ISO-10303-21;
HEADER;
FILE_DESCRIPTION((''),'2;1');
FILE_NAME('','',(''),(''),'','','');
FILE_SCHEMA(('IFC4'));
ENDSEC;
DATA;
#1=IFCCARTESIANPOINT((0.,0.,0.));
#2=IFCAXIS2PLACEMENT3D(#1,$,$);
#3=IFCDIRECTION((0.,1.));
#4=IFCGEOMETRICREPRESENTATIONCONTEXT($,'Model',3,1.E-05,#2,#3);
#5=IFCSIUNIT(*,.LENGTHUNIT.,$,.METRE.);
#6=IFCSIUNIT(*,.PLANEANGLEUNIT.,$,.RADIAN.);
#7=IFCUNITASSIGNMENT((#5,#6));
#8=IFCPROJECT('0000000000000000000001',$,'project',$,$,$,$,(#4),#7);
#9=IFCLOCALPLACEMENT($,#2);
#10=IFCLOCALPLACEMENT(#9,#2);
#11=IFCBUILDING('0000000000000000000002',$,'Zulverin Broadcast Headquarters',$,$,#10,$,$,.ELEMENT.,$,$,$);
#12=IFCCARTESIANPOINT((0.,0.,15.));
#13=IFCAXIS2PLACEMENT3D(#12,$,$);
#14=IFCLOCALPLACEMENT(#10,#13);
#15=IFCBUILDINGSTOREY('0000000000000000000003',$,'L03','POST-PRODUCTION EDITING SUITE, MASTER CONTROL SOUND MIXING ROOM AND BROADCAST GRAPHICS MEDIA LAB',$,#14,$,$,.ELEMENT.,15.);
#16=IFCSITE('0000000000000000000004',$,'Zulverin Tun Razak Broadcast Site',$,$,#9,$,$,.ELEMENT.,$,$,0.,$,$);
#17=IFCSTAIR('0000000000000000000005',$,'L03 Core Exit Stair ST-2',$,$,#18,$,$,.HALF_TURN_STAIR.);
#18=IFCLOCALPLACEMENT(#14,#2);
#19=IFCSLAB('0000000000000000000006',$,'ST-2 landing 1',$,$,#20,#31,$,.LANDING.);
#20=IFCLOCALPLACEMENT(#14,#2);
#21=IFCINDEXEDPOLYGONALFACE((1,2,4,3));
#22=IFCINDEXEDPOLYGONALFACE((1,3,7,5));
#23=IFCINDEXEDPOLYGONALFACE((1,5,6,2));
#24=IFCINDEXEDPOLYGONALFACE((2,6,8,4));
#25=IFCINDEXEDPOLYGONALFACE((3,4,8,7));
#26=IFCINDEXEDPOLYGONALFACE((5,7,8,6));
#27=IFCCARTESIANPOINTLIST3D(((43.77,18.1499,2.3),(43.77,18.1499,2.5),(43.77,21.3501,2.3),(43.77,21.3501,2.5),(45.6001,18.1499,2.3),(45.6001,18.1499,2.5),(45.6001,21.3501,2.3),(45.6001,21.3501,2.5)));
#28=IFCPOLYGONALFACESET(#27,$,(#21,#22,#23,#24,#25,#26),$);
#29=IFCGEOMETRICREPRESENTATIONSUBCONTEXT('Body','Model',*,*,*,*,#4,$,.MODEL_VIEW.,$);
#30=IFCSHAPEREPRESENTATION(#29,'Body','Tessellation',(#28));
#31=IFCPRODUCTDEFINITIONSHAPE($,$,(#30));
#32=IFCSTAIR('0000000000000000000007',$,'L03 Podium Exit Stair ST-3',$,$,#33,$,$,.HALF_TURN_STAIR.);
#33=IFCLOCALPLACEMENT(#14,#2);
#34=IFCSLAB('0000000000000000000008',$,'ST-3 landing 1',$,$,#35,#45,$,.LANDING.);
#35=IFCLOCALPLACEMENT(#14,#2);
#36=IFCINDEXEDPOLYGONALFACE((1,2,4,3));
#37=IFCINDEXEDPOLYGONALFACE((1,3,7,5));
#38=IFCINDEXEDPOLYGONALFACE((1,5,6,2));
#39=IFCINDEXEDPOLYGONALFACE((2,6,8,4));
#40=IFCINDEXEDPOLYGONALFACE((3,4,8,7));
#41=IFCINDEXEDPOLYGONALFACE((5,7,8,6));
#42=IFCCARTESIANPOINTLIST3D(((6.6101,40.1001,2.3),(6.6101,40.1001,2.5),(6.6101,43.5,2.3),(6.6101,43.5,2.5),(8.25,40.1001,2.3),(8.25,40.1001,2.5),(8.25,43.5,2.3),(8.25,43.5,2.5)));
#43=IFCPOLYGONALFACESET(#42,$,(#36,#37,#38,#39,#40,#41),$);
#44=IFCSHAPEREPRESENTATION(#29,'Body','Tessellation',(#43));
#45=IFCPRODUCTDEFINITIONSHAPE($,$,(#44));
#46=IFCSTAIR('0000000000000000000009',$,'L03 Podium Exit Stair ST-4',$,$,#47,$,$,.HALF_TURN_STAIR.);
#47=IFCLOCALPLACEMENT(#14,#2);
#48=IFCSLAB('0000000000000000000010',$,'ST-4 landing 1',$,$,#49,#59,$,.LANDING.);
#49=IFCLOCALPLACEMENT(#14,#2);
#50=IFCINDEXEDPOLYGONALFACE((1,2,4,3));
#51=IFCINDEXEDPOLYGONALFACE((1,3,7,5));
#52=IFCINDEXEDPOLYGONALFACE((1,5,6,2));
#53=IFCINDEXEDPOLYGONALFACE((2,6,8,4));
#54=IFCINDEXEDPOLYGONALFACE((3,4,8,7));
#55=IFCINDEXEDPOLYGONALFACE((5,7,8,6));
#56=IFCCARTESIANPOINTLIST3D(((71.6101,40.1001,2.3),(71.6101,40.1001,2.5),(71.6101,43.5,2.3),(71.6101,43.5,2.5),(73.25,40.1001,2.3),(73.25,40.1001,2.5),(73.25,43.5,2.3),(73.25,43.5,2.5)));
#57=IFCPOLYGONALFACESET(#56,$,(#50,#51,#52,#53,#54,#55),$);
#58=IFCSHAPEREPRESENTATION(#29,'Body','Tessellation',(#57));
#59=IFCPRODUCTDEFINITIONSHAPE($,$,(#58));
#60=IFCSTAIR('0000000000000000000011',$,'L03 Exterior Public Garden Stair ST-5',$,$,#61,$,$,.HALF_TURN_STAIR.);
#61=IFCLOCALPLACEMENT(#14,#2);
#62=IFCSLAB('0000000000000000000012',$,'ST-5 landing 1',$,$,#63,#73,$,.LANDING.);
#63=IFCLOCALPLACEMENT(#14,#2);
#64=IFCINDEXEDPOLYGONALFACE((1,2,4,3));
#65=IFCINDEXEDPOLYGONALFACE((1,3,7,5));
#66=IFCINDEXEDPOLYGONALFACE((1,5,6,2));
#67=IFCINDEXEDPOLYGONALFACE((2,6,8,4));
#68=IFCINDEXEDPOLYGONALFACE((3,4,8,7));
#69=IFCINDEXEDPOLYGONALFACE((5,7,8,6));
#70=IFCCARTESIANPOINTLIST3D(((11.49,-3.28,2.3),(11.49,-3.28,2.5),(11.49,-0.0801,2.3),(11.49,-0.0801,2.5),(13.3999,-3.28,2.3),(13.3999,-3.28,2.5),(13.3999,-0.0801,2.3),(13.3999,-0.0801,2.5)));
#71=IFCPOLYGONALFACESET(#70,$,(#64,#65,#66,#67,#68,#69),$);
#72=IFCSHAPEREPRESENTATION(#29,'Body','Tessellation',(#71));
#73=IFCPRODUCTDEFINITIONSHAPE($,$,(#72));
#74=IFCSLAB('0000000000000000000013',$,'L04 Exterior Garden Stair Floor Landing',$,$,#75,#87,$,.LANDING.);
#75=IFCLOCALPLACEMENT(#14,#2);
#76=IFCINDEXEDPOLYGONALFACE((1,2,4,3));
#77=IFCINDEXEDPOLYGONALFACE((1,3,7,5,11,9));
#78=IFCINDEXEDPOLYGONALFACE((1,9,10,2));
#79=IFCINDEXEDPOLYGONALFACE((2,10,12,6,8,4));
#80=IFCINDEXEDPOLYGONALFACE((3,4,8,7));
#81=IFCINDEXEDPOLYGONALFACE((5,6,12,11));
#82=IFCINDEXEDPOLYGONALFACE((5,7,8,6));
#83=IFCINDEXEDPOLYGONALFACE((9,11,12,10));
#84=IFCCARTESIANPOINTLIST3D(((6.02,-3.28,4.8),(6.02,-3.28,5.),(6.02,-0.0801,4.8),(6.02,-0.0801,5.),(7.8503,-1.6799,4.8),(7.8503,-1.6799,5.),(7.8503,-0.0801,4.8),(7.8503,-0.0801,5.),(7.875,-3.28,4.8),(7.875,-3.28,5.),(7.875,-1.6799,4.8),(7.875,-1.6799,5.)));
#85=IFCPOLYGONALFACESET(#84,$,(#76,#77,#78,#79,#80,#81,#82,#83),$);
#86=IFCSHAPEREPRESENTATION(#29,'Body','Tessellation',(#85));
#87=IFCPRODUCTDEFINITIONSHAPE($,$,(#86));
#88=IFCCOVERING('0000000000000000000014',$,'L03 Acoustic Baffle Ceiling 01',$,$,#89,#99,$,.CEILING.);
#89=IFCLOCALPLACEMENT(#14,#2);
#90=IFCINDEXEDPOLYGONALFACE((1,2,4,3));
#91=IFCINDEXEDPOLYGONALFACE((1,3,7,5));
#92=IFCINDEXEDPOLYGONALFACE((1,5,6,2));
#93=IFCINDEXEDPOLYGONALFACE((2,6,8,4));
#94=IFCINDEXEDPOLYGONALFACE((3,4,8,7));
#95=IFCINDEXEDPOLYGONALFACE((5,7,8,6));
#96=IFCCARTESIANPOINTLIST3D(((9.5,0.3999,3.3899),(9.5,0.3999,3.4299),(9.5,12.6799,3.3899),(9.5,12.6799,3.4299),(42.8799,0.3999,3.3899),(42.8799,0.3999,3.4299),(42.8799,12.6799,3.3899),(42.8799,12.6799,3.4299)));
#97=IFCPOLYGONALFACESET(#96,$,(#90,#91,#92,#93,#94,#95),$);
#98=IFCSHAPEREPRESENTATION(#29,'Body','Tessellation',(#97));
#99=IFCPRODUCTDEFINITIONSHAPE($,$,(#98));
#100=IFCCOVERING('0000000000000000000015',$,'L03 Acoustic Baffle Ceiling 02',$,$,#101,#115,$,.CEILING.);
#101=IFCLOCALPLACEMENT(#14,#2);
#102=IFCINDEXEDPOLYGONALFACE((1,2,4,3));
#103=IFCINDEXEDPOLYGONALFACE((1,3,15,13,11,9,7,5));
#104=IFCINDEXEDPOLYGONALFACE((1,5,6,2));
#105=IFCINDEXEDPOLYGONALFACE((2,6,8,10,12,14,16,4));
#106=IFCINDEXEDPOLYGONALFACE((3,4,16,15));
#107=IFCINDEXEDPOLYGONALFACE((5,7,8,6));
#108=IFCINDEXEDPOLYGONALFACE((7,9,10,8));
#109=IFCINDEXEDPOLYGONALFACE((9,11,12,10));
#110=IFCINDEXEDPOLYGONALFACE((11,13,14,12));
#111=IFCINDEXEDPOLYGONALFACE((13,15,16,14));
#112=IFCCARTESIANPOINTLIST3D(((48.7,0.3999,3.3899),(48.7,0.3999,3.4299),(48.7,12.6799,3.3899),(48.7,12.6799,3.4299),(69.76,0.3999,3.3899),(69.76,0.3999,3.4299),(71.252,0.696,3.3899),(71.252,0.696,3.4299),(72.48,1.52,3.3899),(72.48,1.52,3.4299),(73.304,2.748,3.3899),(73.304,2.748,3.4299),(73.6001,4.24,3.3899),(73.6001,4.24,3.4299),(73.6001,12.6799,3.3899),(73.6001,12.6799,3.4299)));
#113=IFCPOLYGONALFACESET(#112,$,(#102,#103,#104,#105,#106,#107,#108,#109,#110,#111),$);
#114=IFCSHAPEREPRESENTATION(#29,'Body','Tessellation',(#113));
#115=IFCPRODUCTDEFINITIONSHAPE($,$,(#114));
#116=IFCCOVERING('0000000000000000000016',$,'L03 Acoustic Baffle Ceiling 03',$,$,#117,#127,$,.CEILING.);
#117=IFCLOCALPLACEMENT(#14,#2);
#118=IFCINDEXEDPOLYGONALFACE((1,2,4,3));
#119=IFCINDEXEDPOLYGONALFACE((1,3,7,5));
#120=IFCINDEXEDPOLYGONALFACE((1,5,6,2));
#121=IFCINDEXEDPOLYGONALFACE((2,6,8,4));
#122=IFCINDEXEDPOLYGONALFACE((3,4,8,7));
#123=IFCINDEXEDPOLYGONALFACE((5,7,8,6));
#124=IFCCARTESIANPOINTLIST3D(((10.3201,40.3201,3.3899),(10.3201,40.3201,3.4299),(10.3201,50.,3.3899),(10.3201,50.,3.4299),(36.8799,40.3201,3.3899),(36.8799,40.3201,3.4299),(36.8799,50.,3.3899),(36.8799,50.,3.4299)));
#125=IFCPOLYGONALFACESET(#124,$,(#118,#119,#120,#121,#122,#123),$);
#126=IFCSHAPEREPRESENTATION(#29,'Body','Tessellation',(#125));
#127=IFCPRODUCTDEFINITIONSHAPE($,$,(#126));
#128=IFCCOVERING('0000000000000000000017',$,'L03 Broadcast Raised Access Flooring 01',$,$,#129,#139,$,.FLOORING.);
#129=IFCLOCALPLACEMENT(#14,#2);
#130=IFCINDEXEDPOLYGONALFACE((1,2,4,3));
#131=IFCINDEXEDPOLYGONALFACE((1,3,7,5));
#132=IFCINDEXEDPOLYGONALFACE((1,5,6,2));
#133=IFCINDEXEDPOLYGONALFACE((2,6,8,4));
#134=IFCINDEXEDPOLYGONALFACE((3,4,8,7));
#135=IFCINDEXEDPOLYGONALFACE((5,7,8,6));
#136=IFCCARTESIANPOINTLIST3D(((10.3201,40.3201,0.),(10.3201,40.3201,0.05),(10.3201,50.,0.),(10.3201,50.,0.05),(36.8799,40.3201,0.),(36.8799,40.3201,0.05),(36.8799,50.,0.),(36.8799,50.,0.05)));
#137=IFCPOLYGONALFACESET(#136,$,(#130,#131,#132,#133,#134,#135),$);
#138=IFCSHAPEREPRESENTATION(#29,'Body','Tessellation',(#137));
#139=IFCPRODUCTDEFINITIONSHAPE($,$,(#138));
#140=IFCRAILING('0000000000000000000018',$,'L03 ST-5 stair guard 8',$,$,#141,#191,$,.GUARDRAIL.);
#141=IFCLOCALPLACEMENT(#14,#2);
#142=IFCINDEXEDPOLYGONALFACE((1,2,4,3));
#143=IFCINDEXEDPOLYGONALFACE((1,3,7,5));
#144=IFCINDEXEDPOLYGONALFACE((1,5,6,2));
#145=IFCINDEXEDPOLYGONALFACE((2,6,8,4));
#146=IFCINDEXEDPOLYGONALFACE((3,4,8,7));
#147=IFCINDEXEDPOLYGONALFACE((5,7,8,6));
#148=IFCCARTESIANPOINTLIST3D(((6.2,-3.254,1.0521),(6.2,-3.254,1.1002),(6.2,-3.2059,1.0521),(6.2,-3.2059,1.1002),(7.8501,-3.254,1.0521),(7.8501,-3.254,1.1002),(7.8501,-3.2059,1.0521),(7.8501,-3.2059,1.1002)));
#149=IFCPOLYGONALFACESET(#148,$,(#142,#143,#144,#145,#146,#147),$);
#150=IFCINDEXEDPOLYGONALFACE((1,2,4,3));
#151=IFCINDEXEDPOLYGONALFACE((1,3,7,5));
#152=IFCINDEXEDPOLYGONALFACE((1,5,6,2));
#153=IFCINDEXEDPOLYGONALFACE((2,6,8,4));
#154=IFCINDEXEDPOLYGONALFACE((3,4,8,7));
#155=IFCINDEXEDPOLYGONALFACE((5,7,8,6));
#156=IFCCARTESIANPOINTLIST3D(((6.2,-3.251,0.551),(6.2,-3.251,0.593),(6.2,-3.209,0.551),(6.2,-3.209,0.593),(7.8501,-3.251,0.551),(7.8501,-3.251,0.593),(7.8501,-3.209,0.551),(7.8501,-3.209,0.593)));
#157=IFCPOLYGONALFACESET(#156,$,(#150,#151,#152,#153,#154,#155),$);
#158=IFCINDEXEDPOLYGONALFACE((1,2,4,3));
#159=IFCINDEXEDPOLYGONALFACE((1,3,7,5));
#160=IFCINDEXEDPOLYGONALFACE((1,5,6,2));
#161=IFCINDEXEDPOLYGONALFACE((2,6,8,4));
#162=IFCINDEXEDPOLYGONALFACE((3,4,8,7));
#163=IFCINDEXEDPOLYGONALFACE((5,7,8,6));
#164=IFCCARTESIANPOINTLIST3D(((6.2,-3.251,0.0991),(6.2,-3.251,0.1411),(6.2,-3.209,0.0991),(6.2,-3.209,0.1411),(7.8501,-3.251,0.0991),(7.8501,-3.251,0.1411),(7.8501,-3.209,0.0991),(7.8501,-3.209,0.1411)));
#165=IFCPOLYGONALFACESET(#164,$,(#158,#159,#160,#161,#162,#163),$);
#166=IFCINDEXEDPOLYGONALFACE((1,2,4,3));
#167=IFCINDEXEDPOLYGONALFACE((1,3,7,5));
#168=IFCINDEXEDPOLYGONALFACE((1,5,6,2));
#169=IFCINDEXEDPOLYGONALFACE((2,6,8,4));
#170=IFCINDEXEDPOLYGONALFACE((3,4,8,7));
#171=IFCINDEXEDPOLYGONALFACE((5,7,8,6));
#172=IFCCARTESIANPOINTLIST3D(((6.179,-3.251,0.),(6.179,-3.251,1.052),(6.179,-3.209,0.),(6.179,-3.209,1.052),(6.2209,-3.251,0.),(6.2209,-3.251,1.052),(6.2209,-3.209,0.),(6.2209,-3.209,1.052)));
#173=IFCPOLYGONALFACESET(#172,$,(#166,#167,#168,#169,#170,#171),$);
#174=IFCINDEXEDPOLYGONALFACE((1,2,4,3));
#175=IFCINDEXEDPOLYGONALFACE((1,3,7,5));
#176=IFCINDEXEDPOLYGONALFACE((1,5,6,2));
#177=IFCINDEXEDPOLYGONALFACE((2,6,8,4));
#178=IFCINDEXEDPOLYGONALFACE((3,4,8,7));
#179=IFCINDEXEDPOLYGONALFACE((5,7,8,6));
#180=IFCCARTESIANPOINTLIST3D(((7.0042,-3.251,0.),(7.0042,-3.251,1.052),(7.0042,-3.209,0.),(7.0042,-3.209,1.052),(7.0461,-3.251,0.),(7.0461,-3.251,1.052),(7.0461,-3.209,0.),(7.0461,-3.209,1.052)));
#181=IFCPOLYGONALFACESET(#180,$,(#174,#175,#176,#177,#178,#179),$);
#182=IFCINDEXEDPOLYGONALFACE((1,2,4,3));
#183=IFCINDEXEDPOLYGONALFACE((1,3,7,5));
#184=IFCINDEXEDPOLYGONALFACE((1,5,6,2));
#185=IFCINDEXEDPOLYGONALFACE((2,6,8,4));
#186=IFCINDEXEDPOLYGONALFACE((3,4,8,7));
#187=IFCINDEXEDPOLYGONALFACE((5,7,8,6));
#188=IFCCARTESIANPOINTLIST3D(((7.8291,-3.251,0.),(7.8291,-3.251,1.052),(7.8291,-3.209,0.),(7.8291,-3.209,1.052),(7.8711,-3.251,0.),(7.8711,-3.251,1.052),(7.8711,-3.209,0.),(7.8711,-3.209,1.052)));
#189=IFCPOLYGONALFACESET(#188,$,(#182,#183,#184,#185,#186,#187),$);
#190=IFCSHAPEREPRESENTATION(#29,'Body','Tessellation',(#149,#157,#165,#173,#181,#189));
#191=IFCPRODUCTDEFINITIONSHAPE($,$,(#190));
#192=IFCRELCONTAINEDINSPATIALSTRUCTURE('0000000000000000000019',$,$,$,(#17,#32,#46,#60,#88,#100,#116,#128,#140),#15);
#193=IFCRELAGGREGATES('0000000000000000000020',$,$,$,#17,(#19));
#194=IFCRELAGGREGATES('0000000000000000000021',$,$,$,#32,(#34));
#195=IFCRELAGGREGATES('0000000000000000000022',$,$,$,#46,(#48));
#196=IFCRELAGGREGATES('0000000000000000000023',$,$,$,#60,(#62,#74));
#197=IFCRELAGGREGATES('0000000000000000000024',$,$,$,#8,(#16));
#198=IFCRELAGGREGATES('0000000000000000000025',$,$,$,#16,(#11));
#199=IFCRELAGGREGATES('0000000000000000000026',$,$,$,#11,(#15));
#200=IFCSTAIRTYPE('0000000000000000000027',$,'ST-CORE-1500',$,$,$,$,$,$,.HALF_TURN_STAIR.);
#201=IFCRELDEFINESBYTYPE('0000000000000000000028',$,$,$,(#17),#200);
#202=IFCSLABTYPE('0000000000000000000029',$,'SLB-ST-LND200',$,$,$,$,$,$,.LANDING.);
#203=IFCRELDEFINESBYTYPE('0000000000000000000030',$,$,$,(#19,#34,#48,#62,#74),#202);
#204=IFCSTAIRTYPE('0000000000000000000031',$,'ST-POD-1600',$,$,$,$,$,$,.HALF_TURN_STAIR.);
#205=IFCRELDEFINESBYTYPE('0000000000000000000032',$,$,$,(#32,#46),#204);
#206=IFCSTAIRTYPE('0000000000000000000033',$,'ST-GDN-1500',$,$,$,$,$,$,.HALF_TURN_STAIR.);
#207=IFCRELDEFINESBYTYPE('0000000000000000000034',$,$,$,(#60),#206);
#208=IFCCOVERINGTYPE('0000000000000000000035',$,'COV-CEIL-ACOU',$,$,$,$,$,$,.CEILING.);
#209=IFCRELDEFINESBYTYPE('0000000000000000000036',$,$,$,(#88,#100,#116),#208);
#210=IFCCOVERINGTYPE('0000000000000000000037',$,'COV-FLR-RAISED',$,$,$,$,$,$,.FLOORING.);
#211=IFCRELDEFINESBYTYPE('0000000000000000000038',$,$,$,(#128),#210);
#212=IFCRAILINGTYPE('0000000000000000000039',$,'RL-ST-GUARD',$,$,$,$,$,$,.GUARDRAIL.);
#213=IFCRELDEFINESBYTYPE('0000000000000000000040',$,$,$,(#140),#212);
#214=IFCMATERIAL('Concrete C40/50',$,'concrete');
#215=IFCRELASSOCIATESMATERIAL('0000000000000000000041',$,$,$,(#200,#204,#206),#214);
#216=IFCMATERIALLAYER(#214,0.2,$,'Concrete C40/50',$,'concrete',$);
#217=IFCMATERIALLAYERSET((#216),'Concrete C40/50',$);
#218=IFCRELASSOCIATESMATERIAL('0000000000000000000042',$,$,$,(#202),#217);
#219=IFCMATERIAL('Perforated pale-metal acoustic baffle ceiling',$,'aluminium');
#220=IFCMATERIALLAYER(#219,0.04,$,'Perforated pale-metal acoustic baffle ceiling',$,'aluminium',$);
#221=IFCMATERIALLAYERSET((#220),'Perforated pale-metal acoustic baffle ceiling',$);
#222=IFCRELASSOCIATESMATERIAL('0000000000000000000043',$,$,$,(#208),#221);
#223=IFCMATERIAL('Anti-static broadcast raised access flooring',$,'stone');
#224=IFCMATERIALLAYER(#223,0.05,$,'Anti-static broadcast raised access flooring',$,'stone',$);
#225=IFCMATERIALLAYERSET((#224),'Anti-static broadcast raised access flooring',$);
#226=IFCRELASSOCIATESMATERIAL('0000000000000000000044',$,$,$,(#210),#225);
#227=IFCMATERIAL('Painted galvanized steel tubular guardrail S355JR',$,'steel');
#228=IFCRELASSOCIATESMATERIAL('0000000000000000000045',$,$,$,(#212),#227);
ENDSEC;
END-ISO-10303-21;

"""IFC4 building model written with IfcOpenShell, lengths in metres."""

from ifc_helpers import new_model, si_unit, direction, frame, origin, origin_2d, place, context, subcontext, project, spatial, polyline, rectangle, outline, extrude, material, layer, layer_set, type_object, element, aggregate, save


model = new_model("IFC4")

# Units and contexts
model_context = context("Model", 3, precision=1e-05, world=origin(), true_north=direction((0.0, 1.0)))
body_context = subcontext(model_context, "Body", "Model", "MODEL_VIEW")
ifc_project = project(units=[si_unit("LENGTHUNIT", "METRE"), si_unit("PLANEANGLEUNIT", "RADIAN")], contexts=[model_context])

# Site, building, storey
site_placement = place(None, origin())
site = spatial("IfcSite", under=ifc_project, at=site_placement, Name="Zulverin Tun Razak Broadcast Site", CompositionType="ELEMENT", RefElevation=0.0)
building_placement = place(site_placement, origin())
building = spatial("IfcBuilding", under=site, at=building_placement, Name="Zulverin Broadcast Headquarters", CompositionType="ELEMENT")
storey_placement = place(building_placement, frame((0.0, 0.0, 15.0)))
storey = spatial("IfcBuildingStorey", under=building, at=storey_placement, Name="L03", Description="POST-PRODUCTION EDITING SUITE, MASTER CONTROL SOUND MIXING ROOM AND BROADCAST GRAPHICS MEDIA LAB", CompositionType="ELEMENT", Elevation=15.0)

# Shared definitions
ifc_material_1 = material(Name="Concrete C40/50", Category="concrete")

# Stairs, slabs
stair_type_1 = type_object("IfcStairType", Name="ST-CORE-1500", PredefinedType="HALF_TURN_STAIR", material=ifc_material_1)
ifc_layer_1 = layer(ifc_material_1, 0.2, Name="Concrete C40/50", Category="concrete")
ifc_layer_set_1 = layer_set([ifc_layer_1], Name="Concrete C40/50")
slab_type_1 = type_object("IfcSlabType", Name="SLB-ST-LND200", PredefinedType="LANDING", material=ifc_layer_set_1)
stair_1_placement = place(storey_placement, origin())
stair_1 = element("IfcStair", 1, at=stair_1_placement, inside=storey, type_object=stair_type_1, Name="L03 Core Exit Stair ST-2", PredefinedType="HALF_TURN_STAIR")
slab_1_placement = place(storey_placement, frame((0.0, 0.0, 2.3)))
slab_1 = element("IfcSlab", 2, at=slab_1_placement, type_object=slab_type_1, Name="ST-2 landing 1", PredefinedType="LANDING", context=body_context, shape_type="SweptSolid", body=[
    extrude(outline(polyline([(43.77, 18.1499), (45.6001, 18.1499), (45.6001, 21.3501), (43.77, 21.3501), (43.77, 18.1499)])), origin(), (0.0, 0.0, 1.0), 0.2),
])
aggregate(stair_1, [slab_1])
stair_type_2 = type_object("IfcStairType", Name="ST-POD-1600", PredefinedType="HALF_TURN_STAIR", material=ifc_material_1)
stair_2_placement = place(storey_placement, origin())
stair_2 = element("IfcStair", 3, at=stair_2_placement, inside=storey, type_object=stair_type_2, Name="L03 Podium Exit Stair ST-3", PredefinedType="HALF_TURN_STAIR")
slab_2_placement = place(storey_placement, frame((0.0, 0.0, 2.3)))
slab_2 = element("IfcSlab", 4, at=slab_2_placement, type_object=slab_type_1, Name="ST-3 landing 1", PredefinedType="LANDING", context=body_context, shape_type="SweptSolid", body=[
    extrude(outline(polyline([(6.6101, 40.1001), (8.25, 40.1001), (8.25, 43.5), (6.6101, 43.5), (6.6101, 40.1001)])), origin(), (0.0, 0.0, 1.0), 0.2),
])
aggregate(stair_2, [slab_2])
stair_3_placement = place(storey_placement, origin())
stair_3 = element("IfcStair", 5, at=stair_3_placement, inside=storey, type_object=stair_type_2, Name="L03 Podium Exit Stair ST-4", PredefinedType="HALF_TURN_STAIR")
slab_3_placement = place(storey_placement, frame((0.0, 0.0, 2.3)))
slab_3 = element("IfcSlab", 6, at=slab_3_placement, type_object=slab_type_1, Name="ST-4 landing 1", PredefinedType="LANDING", context=body_context, shape_type="SweptSolid", body=[
    extrude(outline(polyline([(71.6101, 40.1001), (73.25, 40.1001), (73.25, 43.5), (71.6101, 43.5), (71.6101, 40.1001)])), origin(), (0.0, 0.0, 1.0), 0.2),
])
aggregate(stair_3, [slab_3])

# Stair, slabs
stair_type_3 = type_object("IfcStairType", Name="ST-GDN-1500", PredefinedType="HALF_TURN_STAIR", material=ifc_material_1)
stair_4_placement = place(storey_placement, origin())
stair_4 = element("IfcStair", 7, at=stair_4_placement, inside=storey, type_object=stair_type_3, Name="L03 Exterior Public Garden Stair ST-5", PredefinedType="HALF_TURN_STAIR")
slab_4_placement = place(storey_placement, frame((0.0, 0.0, 2.3)))
slab_4 = element("IfcSlab", 8, at=slab_4_placement, type_object=slab_type_1, Name="ST-5 landing 1", PredefinedType="LANDING", context=body_context, shape_type="SweptSolid", body=[
    extrude(outline(polyline([(11.49, -3.28), (13.3999, -3.28), (13.3999, -0.0801), (11.49, -0.0801), (11.49, -3.28)])), origin(), (0.0, 0.0, 1.0), 0.2),
])
placement = place(building_placement, frame((0.0, 0.0, 20.0)))
slab_5_placement = place(placement, frame((0.0, 0.0, -0.2)))
slab_5 = element("IfcSlab", 9, at=slab_5_placement, type_object=slab_type_1, Name="L04 Exterior Garden Stair Floor Landing", PredefinedType="LANDING", context=body_context, shape_type="SweptSolid", body=[
    extrude(outline(polyline([(6.02, -3.28), (7.875, -3.28), (7.875, -1.6799), (7.8503, -1.6799), (7.8503, -0.0801), (6.02, -0.0801), (6.02, -3.28)])), origin(), (0.0, 0.0, 1.0), 0.2),
])
aggregate(stair_4, [slab_4, slab_5])

# Coverings
ifc_material_2 = material(Name="Perforated pale-metal acoustic baffle ceiling", Category="aluminium")
ifc_layer_2 = layer(ifc_material_2, 0.04, Name="Perforated pale-metal acoustic baffle ceiling", Category="aluminium")
ifc_layer_set_2 = layer_set([ifc_layer_2], Name="Perforated pale-metal acoustic baffle ceiling")
covering_type_1 = type_object("IfcCoveringType", Name="COV-CEIL-ACOU", PredefinedType="CEILING", material=ifc_layer_set_2)
covering_1_placement = place(storey_placement, frame((0.0, 0.0, 3.3899)))
element("IfcCovering", 10, at=covering_1_placement, inside=storey, type_object=covering_type_1, Name="L03 Acoustic Baffle Ceiling 01", PredefinedType="CEILING", context=body_context, shape_type="SweptSolid", body=[
    extrude(outline(polyline([(42.8799, 0.3999), (42.8799, 12.6799), (9.5, 12.6799), (9.5, 0.3999), (42.8799, 0.3999)])), origin(), (0.0, 0.0, 1.0), 0.04),
])
covering_2_placement = place(storey_placement, frame((0.0, 0.0, 3.3899)))
element("IfcCovering", 11, at=covering_2_placement, inside=storey, type_object=covering_type_1, Name="L03 Acoustic Baffle Ceiling 02", PredefinedType="CEILING", context=body_context, shape_type="SweptSolid", body=[
    extrude(outline(polyline([(48.7, 12.6799), (48.7, 0.3999), (69.76, 0.3999), (71.252, 0.696), (72.48, 1.52), (73.304, 2.748), (73.6001, 4.24), (73.6001, 12.6799), (48.7, 12.6799)])), origin(), (0.0, 0.0, 1.0), 0.04),
])
covering_3_placement = place(storey_placement, frame((0.0, 0.0, 3.3899)))
element("IfcCovering", 12, at=covering_3_placement, inside=storey, type_object=covering_type_1, Name="L03 Acoustic Baffle Ceiling 03", PredefinedType="CEILING", context=body_context, shape_type="SweptSolid", body=[
    extrude(outline(polyline([(36.8799, 50.0), (10.3201, 50.0), (10.3201, 40.3201), (36.8799, 40.3201), (36.8799, 50.0)])), origin(), (0.0, 0.0, 1.0), 0.04),
])
ifc_material_3 = material(Name="Anti-static broadcast raised access flooring", Category="stone")
ifc_layer_3 = layer(ifc_material_3, 0.05, Name="Anti-static broadcast raised access flooring", Category="stone")
ifc_layer_set_3 = layer_set([ifc_layer_3], Name="Anti-static broadcast raised access flooring")
covering_type_2 = type_object("IfcCoveringType", Name="COV-FLR-RAISED", PredefinedType="FLOORING", material=ifc_layer_set_3)
covering_4_placement = place(storey_placement, origin())
element("IfcCovering", 13, at=covering_4_placement, inside=storey, type_object=covering_type_2, Name="L03 Broadcast Raised Access Flooring 01", PredefinedType="FLOORING", context=body_context, shape_type="SweptSolid", body=[
    extrude(outline(polyline([(36.8799, 50.0), (10.3201, 50.0), (10.3201, 40.3201), (36.8799, 40.3201), (36.8799, 50.0)])), origin(), (0.0, 0.0, 1.0), 0.05),
])

# Railing
ifc_material_4 = material(Name="Painted galvanized steel tubular guardrail S355JR", Category="steel")
railing_type = type_object("IfcRailingType", Name="RL-ST-GUARD", PredefinedType="GUARDRAIL", material=ifc_material_4)
for number, where, name in (
    (14, (6.2, -3.23, 0.0), "L03 ST-5 stair guard 8"),
):
    element("IfcRailing", number, at=place(storey_placement, frame(where)), inside=storey, type_object=railing_type, Name=name, PredefinedType="GUARDRAIL", context=body_context, shape_type="SweptSolid", body=[
        extrude(rectangle(XDim=0.0481, YDim=0.0481, at=origin_2d()), frame((0.0, 0.0, 1.0762), z_axis=(1.0, 0.0, 0.0), x_axis=(0.0, 1.0, 0.0)), (0.0, 0.0, 1.0), 1.6501),
        extrude(rectangle(XDim=0.042, YDim=0.042, at=origin_2d()), frame((0.0, 0.0, 0.572), z_axis=(1.0, 0.0, 0.0), x_axis=(0.0, 1.0, 0.0)), (0.0, 0.0, 1.0), 1.6501),
        extrude(rectangle(XDim=0.042, YDim=0.042, at=origin_2d()), frame((0.0, 0.0, 0.1201), z_axis=(1.0, 0.0, 0.0), x_axis=(0.0, 1.0, 0.0)), (0.0, 0.0, 1.0), 1.6501),
        extrude(rectangle(XDim=0.042, YDim=0.042, at=origin_2d()), origin(), (0.0, 0.0, 1.0), 1.052),
        extrude(rectangle(XDim=0.042, YDim=0.042, at=origin_2d()), frame((0.8252, 0.0, 0.0)), (0.0, 0.0, 1.0), 1.052),
        extrude(rectangle(XDim=0.042, YDim=0.042, at=origin_2d()), frame((1.6501, 0.0, 0.0)), (0.0, 0.0, 1.0), 1.052),
    ])

save(model, "model.ifc")
